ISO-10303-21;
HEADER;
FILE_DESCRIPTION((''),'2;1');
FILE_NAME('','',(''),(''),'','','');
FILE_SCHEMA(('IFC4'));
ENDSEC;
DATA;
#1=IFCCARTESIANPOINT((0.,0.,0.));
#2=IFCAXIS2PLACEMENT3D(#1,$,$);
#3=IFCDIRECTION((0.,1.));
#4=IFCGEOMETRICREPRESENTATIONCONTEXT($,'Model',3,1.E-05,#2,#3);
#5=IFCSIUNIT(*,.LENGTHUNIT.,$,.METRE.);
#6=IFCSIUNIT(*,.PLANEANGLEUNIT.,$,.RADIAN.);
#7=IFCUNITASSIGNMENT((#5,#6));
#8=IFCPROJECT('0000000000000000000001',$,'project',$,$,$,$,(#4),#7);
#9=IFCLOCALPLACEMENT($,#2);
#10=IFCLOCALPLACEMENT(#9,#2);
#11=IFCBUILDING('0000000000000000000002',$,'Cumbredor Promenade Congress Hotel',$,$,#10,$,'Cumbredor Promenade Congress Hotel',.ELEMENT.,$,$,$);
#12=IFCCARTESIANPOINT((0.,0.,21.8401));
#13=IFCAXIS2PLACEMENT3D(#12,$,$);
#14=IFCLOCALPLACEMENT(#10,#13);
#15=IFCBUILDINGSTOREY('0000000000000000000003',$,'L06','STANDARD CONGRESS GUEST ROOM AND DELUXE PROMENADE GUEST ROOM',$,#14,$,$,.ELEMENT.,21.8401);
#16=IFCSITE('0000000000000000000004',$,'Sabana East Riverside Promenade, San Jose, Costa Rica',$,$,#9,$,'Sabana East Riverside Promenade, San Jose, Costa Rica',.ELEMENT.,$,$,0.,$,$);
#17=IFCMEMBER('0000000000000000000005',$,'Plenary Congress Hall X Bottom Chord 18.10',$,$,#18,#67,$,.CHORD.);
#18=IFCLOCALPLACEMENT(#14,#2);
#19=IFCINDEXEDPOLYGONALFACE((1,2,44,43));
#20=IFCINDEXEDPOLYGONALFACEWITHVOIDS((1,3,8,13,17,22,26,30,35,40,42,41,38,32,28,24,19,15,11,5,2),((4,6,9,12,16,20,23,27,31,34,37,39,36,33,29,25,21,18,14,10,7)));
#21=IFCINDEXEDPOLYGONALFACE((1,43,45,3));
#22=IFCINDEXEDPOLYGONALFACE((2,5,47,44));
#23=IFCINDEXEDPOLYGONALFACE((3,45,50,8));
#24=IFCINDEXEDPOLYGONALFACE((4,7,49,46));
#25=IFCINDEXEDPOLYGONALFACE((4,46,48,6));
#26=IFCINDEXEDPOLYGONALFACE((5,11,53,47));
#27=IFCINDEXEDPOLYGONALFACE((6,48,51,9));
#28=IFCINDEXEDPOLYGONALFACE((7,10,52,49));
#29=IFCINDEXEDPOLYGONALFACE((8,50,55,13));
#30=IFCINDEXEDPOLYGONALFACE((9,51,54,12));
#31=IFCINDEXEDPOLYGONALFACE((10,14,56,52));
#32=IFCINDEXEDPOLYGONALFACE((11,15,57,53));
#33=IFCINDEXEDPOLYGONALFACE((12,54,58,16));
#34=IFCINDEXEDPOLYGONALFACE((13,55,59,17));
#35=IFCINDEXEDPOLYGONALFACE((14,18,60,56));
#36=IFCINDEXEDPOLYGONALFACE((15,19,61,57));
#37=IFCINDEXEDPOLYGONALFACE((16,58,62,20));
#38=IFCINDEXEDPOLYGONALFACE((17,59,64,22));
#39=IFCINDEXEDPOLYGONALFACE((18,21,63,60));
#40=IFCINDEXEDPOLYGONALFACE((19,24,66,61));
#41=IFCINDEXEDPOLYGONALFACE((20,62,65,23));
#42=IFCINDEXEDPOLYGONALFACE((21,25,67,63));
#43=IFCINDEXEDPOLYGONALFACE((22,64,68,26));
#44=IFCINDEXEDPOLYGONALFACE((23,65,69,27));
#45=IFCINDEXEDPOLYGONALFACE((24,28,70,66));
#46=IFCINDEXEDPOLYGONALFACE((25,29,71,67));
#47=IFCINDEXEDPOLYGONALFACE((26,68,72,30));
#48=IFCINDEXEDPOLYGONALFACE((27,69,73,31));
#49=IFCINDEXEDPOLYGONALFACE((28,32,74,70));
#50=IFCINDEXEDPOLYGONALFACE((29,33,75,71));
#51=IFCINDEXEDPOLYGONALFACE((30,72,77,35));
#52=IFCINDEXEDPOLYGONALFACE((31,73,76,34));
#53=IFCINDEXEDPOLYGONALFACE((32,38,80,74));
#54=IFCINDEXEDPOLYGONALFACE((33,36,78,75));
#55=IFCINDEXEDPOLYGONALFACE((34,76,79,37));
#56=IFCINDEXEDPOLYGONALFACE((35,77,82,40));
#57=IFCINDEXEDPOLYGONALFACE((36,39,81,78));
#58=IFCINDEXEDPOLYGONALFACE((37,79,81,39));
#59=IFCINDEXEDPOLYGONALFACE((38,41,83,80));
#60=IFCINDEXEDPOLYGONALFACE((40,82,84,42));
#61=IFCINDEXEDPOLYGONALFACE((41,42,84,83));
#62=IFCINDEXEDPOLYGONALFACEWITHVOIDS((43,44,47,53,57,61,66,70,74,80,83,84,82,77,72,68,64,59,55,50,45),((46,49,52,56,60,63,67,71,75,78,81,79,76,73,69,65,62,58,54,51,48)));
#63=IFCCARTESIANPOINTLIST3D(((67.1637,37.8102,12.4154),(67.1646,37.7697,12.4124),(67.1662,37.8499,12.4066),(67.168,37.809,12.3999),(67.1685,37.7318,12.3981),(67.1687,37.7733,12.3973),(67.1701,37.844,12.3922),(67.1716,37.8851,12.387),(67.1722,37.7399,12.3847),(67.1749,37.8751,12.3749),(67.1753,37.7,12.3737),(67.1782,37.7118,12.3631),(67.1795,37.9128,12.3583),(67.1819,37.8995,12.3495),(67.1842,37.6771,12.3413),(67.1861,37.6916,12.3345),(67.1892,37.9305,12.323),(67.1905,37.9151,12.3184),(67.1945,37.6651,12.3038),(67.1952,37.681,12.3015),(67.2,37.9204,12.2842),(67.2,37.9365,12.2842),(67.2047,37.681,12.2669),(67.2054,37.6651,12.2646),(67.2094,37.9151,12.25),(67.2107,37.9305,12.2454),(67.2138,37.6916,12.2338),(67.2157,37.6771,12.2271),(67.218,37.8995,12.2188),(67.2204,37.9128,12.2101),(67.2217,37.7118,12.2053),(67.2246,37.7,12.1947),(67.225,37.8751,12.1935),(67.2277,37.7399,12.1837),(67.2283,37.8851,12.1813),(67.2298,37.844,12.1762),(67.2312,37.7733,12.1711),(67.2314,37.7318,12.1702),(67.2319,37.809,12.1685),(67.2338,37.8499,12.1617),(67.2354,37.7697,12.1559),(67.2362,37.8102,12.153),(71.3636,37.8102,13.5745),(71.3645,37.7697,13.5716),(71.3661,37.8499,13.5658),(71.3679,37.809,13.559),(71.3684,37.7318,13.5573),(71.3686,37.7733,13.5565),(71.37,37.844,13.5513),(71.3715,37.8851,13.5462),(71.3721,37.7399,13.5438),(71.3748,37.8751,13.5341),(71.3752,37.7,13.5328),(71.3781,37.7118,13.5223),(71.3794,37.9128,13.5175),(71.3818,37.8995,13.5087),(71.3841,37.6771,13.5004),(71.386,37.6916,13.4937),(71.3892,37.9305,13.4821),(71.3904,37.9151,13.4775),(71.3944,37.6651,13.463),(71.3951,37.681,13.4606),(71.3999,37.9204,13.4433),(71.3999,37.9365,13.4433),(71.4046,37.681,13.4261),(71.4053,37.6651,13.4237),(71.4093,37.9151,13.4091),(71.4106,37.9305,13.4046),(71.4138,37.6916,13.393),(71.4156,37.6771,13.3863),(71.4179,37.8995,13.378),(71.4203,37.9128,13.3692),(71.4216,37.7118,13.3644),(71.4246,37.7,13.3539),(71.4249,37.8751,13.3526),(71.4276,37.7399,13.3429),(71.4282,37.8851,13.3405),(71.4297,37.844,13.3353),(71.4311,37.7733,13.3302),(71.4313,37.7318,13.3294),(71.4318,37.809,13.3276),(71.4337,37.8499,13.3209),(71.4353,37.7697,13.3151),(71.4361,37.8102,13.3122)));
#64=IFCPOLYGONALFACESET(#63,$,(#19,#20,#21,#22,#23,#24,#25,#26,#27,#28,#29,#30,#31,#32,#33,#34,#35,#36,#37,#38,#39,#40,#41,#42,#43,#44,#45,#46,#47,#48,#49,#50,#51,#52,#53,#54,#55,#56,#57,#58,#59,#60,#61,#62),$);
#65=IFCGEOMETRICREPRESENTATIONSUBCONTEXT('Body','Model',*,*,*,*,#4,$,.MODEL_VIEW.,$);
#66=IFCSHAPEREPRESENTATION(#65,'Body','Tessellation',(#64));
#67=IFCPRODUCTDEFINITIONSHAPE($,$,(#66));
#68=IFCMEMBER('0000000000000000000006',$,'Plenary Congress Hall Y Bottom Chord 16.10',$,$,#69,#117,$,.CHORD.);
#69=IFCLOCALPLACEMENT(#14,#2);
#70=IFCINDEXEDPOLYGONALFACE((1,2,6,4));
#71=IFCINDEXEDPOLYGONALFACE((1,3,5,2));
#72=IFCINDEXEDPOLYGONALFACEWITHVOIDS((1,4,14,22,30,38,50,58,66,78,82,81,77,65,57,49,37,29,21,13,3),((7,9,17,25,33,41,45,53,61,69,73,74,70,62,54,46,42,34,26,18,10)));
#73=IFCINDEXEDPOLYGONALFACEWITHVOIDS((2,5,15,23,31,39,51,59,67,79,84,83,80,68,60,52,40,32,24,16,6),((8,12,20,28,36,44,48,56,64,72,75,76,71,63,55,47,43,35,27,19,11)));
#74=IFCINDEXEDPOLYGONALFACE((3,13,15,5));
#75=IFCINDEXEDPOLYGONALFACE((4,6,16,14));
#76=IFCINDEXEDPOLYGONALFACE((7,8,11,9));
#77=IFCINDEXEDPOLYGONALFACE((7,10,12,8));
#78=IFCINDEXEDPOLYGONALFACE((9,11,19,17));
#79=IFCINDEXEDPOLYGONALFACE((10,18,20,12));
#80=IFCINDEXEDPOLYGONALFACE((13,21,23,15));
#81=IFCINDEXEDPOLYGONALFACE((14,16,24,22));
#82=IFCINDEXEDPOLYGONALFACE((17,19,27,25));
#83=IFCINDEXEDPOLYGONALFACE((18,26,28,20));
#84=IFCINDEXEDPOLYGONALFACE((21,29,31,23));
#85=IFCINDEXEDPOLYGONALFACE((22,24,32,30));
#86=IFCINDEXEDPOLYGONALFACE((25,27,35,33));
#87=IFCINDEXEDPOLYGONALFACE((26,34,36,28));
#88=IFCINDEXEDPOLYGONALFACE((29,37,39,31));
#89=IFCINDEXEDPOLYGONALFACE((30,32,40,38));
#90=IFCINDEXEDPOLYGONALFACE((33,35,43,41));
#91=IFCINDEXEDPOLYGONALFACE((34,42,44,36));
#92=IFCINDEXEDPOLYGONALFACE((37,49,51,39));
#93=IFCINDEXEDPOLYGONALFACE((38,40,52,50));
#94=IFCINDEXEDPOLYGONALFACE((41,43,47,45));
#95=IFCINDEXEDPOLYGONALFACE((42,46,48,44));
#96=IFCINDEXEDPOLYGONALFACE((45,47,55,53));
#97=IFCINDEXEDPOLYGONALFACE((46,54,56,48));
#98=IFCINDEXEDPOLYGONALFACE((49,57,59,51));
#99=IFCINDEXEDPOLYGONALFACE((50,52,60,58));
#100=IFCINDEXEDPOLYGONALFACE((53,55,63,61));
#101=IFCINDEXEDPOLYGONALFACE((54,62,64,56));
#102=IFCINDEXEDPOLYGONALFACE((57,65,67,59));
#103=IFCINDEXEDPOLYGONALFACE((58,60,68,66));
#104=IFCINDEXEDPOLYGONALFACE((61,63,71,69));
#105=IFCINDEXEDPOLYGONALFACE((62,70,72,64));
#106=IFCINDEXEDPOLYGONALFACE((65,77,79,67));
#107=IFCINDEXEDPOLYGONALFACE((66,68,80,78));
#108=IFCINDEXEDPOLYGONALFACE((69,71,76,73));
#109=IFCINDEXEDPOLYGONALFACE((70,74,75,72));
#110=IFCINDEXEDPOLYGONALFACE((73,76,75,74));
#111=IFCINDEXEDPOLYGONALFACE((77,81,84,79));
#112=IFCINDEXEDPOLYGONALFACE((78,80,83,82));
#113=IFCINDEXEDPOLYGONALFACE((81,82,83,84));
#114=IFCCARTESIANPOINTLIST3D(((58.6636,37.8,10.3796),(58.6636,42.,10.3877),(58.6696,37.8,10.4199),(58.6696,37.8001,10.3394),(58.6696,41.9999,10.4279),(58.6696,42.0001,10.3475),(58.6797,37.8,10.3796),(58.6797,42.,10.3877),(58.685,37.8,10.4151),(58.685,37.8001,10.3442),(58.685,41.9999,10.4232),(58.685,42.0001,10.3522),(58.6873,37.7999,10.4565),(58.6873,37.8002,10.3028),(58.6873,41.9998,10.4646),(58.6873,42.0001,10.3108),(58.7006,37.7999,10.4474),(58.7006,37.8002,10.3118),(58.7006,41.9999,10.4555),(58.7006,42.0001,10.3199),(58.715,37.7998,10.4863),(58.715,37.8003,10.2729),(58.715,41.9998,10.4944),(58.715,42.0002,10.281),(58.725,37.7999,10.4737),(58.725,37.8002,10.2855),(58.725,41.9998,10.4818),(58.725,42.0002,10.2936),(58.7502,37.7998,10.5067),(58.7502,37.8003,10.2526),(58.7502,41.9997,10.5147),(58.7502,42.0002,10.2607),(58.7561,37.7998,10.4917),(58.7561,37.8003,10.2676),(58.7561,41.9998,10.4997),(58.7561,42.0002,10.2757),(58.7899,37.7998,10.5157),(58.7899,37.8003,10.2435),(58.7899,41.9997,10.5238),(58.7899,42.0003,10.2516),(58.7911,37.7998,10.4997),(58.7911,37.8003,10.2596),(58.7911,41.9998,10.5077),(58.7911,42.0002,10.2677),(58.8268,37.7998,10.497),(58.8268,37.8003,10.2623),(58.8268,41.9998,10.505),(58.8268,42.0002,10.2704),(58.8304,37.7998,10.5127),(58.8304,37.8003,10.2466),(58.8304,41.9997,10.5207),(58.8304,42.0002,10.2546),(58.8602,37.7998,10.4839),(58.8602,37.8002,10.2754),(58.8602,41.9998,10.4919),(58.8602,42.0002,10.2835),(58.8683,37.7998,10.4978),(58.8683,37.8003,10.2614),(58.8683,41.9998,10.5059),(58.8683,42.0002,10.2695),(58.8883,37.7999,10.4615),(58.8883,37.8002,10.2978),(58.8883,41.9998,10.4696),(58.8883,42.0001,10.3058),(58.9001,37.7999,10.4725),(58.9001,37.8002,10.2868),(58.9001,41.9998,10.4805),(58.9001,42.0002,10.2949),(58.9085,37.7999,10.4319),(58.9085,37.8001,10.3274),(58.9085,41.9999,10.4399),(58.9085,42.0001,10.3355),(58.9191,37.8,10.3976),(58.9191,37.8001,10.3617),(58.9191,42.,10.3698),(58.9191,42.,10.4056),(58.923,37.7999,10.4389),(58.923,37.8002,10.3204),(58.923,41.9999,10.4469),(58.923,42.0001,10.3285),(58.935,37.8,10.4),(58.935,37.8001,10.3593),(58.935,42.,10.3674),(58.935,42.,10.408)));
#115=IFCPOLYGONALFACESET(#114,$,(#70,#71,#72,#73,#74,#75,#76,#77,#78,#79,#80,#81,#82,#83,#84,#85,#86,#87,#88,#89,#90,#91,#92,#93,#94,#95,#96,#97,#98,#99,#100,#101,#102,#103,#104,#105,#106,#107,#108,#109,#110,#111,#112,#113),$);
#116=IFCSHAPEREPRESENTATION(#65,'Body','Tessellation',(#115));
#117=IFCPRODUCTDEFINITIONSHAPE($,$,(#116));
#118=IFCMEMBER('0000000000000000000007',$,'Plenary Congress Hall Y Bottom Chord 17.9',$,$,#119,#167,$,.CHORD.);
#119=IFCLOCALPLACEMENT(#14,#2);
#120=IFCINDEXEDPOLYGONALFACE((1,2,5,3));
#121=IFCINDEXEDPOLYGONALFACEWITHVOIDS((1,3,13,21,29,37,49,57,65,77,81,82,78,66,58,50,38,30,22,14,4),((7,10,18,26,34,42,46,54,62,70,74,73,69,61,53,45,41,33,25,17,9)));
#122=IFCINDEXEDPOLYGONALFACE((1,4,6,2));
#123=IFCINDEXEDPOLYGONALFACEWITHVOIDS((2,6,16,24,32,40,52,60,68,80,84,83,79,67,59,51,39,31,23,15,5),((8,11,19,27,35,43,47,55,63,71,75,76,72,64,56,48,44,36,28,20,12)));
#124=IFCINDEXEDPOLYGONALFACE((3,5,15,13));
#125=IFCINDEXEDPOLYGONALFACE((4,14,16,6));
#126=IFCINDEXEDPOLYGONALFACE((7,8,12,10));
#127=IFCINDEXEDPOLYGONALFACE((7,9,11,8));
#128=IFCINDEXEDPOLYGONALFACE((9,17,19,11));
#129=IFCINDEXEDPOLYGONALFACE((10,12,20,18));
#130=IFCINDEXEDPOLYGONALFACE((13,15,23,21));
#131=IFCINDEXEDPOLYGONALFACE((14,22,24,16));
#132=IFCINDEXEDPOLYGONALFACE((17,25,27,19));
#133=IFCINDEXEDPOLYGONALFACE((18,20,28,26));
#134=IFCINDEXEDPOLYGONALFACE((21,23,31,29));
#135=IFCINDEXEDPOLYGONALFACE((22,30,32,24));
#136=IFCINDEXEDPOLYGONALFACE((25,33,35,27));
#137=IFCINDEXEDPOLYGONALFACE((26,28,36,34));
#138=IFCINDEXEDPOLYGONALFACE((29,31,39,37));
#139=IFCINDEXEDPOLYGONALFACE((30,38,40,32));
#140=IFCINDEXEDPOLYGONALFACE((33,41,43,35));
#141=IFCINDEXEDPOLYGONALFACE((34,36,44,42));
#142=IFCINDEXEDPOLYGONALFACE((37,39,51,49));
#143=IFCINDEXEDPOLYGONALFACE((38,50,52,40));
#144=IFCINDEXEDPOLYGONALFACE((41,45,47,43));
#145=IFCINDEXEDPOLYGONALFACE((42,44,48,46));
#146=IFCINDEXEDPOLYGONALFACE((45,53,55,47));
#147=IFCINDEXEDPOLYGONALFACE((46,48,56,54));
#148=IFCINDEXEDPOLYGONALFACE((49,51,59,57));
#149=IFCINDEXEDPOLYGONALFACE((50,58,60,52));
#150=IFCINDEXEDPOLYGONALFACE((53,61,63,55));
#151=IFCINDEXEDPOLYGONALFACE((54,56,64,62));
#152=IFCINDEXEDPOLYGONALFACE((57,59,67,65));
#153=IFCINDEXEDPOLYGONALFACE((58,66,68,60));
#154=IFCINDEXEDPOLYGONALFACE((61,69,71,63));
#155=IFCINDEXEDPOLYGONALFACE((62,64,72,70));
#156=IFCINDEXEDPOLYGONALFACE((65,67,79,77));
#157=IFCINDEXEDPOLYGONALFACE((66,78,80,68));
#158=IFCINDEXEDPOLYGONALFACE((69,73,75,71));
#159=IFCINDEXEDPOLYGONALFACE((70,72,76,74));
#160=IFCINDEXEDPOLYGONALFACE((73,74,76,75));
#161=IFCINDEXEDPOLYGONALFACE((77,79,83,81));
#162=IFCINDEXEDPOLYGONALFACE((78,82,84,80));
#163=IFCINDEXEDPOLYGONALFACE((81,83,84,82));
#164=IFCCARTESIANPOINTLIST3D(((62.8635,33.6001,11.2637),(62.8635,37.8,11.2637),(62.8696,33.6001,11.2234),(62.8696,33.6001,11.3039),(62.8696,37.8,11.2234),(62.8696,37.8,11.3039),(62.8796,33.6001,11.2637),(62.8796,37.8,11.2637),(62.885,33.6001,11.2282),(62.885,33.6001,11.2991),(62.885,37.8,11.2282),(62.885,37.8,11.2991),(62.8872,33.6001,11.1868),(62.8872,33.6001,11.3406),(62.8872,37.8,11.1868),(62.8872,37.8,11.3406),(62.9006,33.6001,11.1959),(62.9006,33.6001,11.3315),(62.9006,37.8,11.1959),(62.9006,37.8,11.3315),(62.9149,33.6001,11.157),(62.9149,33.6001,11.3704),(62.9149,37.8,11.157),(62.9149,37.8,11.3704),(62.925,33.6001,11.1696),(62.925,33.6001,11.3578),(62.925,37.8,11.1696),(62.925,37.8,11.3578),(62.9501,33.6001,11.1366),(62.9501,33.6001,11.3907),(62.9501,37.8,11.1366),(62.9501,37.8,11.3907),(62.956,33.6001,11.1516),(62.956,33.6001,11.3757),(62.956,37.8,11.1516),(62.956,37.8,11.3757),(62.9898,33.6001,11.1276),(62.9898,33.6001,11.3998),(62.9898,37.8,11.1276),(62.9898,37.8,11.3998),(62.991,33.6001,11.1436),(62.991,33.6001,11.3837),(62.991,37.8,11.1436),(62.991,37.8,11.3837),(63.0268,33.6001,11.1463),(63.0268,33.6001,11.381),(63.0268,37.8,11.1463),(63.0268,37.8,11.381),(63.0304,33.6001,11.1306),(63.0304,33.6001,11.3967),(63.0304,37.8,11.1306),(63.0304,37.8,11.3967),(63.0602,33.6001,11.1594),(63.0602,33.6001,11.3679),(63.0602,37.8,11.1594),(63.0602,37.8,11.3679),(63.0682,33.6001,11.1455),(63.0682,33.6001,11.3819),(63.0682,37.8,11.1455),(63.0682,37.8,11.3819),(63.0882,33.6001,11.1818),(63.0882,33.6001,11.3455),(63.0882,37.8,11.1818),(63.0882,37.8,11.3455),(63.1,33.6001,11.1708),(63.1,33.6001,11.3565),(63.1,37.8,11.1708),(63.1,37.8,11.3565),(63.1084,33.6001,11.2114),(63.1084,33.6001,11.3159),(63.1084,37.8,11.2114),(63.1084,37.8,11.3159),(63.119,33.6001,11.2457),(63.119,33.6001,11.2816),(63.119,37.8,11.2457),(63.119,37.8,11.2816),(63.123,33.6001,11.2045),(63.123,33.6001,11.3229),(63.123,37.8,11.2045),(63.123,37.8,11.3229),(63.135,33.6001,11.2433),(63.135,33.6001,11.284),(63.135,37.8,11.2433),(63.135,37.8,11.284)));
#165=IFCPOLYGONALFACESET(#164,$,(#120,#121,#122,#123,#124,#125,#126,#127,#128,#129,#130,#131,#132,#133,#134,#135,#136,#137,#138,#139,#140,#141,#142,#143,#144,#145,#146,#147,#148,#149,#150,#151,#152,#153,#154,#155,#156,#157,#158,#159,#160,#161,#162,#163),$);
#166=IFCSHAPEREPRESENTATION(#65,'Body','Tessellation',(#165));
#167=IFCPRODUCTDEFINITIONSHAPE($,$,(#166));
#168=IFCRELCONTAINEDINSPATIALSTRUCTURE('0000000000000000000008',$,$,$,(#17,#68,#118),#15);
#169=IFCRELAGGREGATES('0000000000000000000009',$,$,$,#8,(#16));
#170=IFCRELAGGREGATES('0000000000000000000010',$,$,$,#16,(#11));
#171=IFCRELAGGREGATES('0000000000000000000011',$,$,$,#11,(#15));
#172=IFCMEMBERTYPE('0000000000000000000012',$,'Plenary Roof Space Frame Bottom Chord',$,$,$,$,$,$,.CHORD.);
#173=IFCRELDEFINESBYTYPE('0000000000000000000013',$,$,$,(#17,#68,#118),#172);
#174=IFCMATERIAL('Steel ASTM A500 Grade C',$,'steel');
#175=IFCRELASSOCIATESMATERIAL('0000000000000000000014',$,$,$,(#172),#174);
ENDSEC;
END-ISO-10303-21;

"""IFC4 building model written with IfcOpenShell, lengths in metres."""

from ifc_helpers import new_model, si_unit, direction, frame, origin, origin_2d, place, context, subcontext, project, spatial, hollow_circle, extrude, material, material_profile, profile_set, type_object, element, save


model = new_model("IFC4")

# Units and contexts
model_context = context("Model", 3, precision=1e-05, world=origin(), true_north=direction((0.0, 1.0)))
body_context = subcontext(model_context, "Body", "Model", "MODEL_VIEW")
ifc_project = project(units=[si_unit("LENGTHUNIT", "METRE"), si_unit("PLANEANGLEUNIT", "RADIAN")], contexts=[model_context])

# Site, building, storey
site_placement = place(None, origin())
site = spatial("IfcSite", under=ifc_project, at=site_placement, Name="Sabana East Riverside Promenade, San Jose, Costa Rica", LongName="Sabana East Riverside Promenade, San Jose, Costa Rica", CompositionType="ELEMENT", RefElevation=0.0)
building_placement = place(site_placement, origin())
building = spatial("IfcBuilding", under=site, at=building_placement, Name="Cumbredor Promenade Congress Hotel", LongName="Cumbredor Promenade Congress Hotel", CompositionType="ELEMENT")
storey_placement = place(building_placement, frame((0.0, 0.0, 21.8401)))
storey = spatial("IfcBuildingStorey", under=building, at=storey_placement, Name="L06", Description="STANDARD CONGRESS GUEST ROOM AND DELUXE PROMENADE GUEST ROOM", CompositionType="ELEMENT", Elevation=21.8401)

# Members
ifc_material_1 = material(Name="Steel ASTM A500 Grade C", Category="steel")
ifc_material_profile_1 = material_profile(ifc_material_1, hollow_circle(Radius=0.1365, WallThickness=0.0161, at=origin_2d()), Name="CHS 273.0x16")
ifc_profile_set_1 = profile_set([ifc_material_profile_1], Name="Steel ASTM A500 Grade C")
member_type_1 = type_object("IfcMemberType", Name="Plenary Roof Space Frame Bottom Chord", PredefinedType="CHORD", material=ifc_profile_set_1)
member_1_placement = place(storey_placement, frame((67.2, 37.8, 12.2842), z_axis=(0.963959, 0.0, 0.266051), x_axis=(0.0, 1.0, 0.0)))
element("IfcMember", 1, at=member_1_placement, inside=storey, type_object=member_type_1, Name="Plenary Congress Hall X Bottom Chord 18.10", PredefinedType="CHORD", context=body_context, shape_type="SweptSolid", body=[
    extrude(hollow_circle(Radius=0.1365, WallThickness=0.0161, at=origin_2d()), origin(), (0.0, 0.0, 1.0), 4.3569),
])
for number, where, z_axis, x_axis, name in (
    (2, (58.8, 37.8, 10.3796), (0.0, 0.999998, 0.001918), (-1.0, 0.0, 0.0), "Plenary Congress Hall Y Bottom Chord 16.10"),
    (3, (63.0, 33.6001, 11.2637), (0.0, 1.0, 0.0), (-1.0, 0.0, 0.0), "Plenary Congress Hall Y Bottom Chord 17.9"),
):
    element("IfcMember", number, at=place(storey_placement, frame(where, z_axis=z_axis, x_axis=x_axis)), inside=storey, type_object=member_type_1, Name=name, PredefinedType="CHORD", context=body_context, shape_type="SweptSolid", body=[
        extrude(hollow_circle(Radius=0.1365, WallThickness=0.0161, at=origin_2d()), origin(), (0.0, 0.0, 1.0), 4.2),
    ])

save(model, "model.ifc")
